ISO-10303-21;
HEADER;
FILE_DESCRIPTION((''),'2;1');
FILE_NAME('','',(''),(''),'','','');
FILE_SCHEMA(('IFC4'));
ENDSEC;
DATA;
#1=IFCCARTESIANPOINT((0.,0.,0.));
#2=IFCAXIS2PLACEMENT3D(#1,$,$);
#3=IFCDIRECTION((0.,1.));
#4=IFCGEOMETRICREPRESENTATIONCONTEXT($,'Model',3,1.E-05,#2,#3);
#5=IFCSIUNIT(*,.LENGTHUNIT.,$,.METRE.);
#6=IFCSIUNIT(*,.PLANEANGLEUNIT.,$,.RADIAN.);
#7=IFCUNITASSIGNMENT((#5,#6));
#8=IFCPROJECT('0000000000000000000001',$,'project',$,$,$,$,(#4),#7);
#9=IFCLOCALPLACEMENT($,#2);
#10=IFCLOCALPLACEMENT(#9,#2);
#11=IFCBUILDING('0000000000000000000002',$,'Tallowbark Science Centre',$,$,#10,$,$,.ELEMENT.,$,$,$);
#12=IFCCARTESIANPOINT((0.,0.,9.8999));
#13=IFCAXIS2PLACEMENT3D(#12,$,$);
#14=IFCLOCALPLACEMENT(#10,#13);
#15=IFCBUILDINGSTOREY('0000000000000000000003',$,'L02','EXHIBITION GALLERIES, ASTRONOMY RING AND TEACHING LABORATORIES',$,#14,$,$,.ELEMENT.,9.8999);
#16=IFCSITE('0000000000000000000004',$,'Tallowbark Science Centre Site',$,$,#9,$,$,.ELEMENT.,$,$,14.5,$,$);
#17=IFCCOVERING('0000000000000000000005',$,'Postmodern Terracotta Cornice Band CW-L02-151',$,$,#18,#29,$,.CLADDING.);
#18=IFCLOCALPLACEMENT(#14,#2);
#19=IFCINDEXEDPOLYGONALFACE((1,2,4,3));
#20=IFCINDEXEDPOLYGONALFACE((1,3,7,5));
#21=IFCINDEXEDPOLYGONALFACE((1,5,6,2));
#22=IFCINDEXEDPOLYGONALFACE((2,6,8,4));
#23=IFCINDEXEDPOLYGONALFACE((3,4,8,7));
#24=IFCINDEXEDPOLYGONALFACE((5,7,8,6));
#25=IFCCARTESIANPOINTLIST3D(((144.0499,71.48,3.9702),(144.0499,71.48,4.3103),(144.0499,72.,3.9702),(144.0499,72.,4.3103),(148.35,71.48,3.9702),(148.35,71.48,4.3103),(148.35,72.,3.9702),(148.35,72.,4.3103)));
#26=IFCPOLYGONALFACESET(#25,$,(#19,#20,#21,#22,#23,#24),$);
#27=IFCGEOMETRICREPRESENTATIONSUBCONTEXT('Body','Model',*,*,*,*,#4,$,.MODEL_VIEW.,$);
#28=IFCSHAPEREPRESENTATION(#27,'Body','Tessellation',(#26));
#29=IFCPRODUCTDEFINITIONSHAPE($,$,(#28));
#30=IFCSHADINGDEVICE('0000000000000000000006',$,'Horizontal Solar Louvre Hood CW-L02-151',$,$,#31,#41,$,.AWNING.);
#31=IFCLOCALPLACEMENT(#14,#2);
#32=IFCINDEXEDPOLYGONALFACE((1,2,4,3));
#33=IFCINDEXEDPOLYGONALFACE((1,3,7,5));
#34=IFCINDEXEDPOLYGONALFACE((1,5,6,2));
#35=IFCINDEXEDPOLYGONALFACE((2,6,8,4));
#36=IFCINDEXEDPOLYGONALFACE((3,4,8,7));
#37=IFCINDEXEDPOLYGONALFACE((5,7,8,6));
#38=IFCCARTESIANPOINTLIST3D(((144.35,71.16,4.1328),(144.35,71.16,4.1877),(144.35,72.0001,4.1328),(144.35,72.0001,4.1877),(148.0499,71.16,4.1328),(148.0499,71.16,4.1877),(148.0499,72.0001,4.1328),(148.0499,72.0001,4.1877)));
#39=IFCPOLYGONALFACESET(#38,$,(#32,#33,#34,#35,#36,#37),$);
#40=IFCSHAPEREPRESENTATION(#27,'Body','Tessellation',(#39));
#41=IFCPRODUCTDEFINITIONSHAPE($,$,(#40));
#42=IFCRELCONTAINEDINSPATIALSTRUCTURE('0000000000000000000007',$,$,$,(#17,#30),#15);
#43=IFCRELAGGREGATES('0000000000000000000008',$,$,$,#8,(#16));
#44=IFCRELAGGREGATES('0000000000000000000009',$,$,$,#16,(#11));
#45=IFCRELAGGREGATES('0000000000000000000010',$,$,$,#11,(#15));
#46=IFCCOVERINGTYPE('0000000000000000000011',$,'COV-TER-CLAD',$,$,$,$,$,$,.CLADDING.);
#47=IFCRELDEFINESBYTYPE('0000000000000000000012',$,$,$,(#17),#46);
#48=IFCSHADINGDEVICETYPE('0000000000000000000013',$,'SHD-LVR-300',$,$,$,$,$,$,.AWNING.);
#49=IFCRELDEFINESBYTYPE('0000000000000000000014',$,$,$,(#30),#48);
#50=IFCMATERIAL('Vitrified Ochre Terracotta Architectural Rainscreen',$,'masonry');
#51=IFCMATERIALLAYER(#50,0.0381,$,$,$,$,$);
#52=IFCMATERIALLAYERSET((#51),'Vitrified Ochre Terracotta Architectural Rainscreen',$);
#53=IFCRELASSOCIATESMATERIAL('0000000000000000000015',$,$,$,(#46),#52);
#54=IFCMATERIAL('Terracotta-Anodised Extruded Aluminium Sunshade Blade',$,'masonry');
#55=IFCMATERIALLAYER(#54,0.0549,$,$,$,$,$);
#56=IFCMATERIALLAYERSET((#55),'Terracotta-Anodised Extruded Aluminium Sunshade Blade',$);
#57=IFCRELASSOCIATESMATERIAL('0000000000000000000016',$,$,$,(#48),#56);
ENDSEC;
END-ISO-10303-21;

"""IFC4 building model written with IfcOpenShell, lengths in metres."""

from ifc_helpers import new_model, si_unit, direction, frame, origin, origin_2d, place, context, subcontext, project, spatial, rectangle, extrude, material, layer, layer_set, type_object, element, save


model = new_model("IFC4")

# Units and contexts
model_context = context("Model", 3, precision=1e-05, world=origin(), true_north=direction((0.0, 1.0)))
body_context = subcontext(model_context, "Body", "Model", "MODEL_VIEW")
ifc_project = project(units=[si_unit("LENGTHUNIT", "METRE"), si_unit("PLANEANGLEUNIT", "RADIAN")], contexts=[model_context])

# Site, building, storey
site_placement = place(None, origin())
site = spatial("IfcSite", under=ifc_project, at=site_placement, Name="Tallowbark Science Centre Site", CompositionType="ELEMENT", RefElevation=14.5)
building_placement = place(site_placement, origin())
building = spatial("IfcBuilding", under=site, at=building_placement, Name="Tallowbark Science Centre", CompositionType="ELEMENT")
storey_placement = place(building_placement, frame((0.0, 0.0, 9.8999)))
storey = spatial("IfcBuildingStorey", under=building, at=storey_placement, Name="L02", Description="EXHIBITION GALLERIES, ASTRONOMY RING AND TEACHING LABORATORIES", CompositionType="ELEMENT", Elevation=9.8999)

# Covering
ifc_material_1 = material(Name="Vitrified Ochre Terracotta Architectural Rainscreen", Category="masonry")
ifc_layer_1 = layer(ifc_material_1, 0.0381)
ifc_layer_set_1 = layer_set([ifc_layer_1], Name="Vitrified Ochre Terracotta Architectural Rainscreen")
covering_type_1 = type_object("IfcCoveringType", Name="COV-TER-CLAD", PredefinedType="CLADDING", material=ifc_layer_set_1)
covering_placement = place(storey_placement, frame((146.2, 71.74, 3.9702), z_axis=(0.0, 0.0, 1.0), x_axis=(1.0, 0.0, 0.0)))
element("IfcCovering", 1, at=covering_placement, inside=storey, type_object=covering_type_1, Name="Postmodern Terracotta Cornice Band CW-L02-151", PredefinedType="CLADDING", context=body_context, shape_type="SweptSolid", body=[
    extrude(rectangle(XDim=4.3, YDim=0.52, at=origin_2d()), origin(), (0.0, 0.0, 1.0), 0.3401),
])

# Shading device
ifc_material_2 = material(Name="Terracotta-Anodised Extruded Aluminium Sunshade Blade", Category="masonry")
ifc_layer_2 = layer(ifc_material_2, 0.0549)
ifc_layer_set_2 = layer_set([ifc_layer_2], Name="Terracotta-Anodised Extruded Aluminium Sunshade Blade")
shading_device_type = type_object("IfcShadingDeviceType", Name="SHD-LVR-300", PredefinedType="AWNING", material=ifc_layer_set_2)
shading_device_placement = place(storey_placement, frame((146.2, 71.5801, 4.1328), z_axis=(0.0, 0.0, 1.0), x_axis=(1.0, 0.0, 0.0)))
element("IfcShadingDevice", 2, at=shading_device_placement, inside=storey, type_object=shading_device_type, Name="Horizontal Solar Louvre Hood CW-L02-151", PredefinedType="AWNING", context=body_context, shape_type="SweptSolid", body=[
    extrude(rectangle(XDim=3.7, YDim=0.8401, at=origin_2d()), origin(), (0.0, 0.0, 1.0), 0.0549),
])

save(model, "model.ifc")
